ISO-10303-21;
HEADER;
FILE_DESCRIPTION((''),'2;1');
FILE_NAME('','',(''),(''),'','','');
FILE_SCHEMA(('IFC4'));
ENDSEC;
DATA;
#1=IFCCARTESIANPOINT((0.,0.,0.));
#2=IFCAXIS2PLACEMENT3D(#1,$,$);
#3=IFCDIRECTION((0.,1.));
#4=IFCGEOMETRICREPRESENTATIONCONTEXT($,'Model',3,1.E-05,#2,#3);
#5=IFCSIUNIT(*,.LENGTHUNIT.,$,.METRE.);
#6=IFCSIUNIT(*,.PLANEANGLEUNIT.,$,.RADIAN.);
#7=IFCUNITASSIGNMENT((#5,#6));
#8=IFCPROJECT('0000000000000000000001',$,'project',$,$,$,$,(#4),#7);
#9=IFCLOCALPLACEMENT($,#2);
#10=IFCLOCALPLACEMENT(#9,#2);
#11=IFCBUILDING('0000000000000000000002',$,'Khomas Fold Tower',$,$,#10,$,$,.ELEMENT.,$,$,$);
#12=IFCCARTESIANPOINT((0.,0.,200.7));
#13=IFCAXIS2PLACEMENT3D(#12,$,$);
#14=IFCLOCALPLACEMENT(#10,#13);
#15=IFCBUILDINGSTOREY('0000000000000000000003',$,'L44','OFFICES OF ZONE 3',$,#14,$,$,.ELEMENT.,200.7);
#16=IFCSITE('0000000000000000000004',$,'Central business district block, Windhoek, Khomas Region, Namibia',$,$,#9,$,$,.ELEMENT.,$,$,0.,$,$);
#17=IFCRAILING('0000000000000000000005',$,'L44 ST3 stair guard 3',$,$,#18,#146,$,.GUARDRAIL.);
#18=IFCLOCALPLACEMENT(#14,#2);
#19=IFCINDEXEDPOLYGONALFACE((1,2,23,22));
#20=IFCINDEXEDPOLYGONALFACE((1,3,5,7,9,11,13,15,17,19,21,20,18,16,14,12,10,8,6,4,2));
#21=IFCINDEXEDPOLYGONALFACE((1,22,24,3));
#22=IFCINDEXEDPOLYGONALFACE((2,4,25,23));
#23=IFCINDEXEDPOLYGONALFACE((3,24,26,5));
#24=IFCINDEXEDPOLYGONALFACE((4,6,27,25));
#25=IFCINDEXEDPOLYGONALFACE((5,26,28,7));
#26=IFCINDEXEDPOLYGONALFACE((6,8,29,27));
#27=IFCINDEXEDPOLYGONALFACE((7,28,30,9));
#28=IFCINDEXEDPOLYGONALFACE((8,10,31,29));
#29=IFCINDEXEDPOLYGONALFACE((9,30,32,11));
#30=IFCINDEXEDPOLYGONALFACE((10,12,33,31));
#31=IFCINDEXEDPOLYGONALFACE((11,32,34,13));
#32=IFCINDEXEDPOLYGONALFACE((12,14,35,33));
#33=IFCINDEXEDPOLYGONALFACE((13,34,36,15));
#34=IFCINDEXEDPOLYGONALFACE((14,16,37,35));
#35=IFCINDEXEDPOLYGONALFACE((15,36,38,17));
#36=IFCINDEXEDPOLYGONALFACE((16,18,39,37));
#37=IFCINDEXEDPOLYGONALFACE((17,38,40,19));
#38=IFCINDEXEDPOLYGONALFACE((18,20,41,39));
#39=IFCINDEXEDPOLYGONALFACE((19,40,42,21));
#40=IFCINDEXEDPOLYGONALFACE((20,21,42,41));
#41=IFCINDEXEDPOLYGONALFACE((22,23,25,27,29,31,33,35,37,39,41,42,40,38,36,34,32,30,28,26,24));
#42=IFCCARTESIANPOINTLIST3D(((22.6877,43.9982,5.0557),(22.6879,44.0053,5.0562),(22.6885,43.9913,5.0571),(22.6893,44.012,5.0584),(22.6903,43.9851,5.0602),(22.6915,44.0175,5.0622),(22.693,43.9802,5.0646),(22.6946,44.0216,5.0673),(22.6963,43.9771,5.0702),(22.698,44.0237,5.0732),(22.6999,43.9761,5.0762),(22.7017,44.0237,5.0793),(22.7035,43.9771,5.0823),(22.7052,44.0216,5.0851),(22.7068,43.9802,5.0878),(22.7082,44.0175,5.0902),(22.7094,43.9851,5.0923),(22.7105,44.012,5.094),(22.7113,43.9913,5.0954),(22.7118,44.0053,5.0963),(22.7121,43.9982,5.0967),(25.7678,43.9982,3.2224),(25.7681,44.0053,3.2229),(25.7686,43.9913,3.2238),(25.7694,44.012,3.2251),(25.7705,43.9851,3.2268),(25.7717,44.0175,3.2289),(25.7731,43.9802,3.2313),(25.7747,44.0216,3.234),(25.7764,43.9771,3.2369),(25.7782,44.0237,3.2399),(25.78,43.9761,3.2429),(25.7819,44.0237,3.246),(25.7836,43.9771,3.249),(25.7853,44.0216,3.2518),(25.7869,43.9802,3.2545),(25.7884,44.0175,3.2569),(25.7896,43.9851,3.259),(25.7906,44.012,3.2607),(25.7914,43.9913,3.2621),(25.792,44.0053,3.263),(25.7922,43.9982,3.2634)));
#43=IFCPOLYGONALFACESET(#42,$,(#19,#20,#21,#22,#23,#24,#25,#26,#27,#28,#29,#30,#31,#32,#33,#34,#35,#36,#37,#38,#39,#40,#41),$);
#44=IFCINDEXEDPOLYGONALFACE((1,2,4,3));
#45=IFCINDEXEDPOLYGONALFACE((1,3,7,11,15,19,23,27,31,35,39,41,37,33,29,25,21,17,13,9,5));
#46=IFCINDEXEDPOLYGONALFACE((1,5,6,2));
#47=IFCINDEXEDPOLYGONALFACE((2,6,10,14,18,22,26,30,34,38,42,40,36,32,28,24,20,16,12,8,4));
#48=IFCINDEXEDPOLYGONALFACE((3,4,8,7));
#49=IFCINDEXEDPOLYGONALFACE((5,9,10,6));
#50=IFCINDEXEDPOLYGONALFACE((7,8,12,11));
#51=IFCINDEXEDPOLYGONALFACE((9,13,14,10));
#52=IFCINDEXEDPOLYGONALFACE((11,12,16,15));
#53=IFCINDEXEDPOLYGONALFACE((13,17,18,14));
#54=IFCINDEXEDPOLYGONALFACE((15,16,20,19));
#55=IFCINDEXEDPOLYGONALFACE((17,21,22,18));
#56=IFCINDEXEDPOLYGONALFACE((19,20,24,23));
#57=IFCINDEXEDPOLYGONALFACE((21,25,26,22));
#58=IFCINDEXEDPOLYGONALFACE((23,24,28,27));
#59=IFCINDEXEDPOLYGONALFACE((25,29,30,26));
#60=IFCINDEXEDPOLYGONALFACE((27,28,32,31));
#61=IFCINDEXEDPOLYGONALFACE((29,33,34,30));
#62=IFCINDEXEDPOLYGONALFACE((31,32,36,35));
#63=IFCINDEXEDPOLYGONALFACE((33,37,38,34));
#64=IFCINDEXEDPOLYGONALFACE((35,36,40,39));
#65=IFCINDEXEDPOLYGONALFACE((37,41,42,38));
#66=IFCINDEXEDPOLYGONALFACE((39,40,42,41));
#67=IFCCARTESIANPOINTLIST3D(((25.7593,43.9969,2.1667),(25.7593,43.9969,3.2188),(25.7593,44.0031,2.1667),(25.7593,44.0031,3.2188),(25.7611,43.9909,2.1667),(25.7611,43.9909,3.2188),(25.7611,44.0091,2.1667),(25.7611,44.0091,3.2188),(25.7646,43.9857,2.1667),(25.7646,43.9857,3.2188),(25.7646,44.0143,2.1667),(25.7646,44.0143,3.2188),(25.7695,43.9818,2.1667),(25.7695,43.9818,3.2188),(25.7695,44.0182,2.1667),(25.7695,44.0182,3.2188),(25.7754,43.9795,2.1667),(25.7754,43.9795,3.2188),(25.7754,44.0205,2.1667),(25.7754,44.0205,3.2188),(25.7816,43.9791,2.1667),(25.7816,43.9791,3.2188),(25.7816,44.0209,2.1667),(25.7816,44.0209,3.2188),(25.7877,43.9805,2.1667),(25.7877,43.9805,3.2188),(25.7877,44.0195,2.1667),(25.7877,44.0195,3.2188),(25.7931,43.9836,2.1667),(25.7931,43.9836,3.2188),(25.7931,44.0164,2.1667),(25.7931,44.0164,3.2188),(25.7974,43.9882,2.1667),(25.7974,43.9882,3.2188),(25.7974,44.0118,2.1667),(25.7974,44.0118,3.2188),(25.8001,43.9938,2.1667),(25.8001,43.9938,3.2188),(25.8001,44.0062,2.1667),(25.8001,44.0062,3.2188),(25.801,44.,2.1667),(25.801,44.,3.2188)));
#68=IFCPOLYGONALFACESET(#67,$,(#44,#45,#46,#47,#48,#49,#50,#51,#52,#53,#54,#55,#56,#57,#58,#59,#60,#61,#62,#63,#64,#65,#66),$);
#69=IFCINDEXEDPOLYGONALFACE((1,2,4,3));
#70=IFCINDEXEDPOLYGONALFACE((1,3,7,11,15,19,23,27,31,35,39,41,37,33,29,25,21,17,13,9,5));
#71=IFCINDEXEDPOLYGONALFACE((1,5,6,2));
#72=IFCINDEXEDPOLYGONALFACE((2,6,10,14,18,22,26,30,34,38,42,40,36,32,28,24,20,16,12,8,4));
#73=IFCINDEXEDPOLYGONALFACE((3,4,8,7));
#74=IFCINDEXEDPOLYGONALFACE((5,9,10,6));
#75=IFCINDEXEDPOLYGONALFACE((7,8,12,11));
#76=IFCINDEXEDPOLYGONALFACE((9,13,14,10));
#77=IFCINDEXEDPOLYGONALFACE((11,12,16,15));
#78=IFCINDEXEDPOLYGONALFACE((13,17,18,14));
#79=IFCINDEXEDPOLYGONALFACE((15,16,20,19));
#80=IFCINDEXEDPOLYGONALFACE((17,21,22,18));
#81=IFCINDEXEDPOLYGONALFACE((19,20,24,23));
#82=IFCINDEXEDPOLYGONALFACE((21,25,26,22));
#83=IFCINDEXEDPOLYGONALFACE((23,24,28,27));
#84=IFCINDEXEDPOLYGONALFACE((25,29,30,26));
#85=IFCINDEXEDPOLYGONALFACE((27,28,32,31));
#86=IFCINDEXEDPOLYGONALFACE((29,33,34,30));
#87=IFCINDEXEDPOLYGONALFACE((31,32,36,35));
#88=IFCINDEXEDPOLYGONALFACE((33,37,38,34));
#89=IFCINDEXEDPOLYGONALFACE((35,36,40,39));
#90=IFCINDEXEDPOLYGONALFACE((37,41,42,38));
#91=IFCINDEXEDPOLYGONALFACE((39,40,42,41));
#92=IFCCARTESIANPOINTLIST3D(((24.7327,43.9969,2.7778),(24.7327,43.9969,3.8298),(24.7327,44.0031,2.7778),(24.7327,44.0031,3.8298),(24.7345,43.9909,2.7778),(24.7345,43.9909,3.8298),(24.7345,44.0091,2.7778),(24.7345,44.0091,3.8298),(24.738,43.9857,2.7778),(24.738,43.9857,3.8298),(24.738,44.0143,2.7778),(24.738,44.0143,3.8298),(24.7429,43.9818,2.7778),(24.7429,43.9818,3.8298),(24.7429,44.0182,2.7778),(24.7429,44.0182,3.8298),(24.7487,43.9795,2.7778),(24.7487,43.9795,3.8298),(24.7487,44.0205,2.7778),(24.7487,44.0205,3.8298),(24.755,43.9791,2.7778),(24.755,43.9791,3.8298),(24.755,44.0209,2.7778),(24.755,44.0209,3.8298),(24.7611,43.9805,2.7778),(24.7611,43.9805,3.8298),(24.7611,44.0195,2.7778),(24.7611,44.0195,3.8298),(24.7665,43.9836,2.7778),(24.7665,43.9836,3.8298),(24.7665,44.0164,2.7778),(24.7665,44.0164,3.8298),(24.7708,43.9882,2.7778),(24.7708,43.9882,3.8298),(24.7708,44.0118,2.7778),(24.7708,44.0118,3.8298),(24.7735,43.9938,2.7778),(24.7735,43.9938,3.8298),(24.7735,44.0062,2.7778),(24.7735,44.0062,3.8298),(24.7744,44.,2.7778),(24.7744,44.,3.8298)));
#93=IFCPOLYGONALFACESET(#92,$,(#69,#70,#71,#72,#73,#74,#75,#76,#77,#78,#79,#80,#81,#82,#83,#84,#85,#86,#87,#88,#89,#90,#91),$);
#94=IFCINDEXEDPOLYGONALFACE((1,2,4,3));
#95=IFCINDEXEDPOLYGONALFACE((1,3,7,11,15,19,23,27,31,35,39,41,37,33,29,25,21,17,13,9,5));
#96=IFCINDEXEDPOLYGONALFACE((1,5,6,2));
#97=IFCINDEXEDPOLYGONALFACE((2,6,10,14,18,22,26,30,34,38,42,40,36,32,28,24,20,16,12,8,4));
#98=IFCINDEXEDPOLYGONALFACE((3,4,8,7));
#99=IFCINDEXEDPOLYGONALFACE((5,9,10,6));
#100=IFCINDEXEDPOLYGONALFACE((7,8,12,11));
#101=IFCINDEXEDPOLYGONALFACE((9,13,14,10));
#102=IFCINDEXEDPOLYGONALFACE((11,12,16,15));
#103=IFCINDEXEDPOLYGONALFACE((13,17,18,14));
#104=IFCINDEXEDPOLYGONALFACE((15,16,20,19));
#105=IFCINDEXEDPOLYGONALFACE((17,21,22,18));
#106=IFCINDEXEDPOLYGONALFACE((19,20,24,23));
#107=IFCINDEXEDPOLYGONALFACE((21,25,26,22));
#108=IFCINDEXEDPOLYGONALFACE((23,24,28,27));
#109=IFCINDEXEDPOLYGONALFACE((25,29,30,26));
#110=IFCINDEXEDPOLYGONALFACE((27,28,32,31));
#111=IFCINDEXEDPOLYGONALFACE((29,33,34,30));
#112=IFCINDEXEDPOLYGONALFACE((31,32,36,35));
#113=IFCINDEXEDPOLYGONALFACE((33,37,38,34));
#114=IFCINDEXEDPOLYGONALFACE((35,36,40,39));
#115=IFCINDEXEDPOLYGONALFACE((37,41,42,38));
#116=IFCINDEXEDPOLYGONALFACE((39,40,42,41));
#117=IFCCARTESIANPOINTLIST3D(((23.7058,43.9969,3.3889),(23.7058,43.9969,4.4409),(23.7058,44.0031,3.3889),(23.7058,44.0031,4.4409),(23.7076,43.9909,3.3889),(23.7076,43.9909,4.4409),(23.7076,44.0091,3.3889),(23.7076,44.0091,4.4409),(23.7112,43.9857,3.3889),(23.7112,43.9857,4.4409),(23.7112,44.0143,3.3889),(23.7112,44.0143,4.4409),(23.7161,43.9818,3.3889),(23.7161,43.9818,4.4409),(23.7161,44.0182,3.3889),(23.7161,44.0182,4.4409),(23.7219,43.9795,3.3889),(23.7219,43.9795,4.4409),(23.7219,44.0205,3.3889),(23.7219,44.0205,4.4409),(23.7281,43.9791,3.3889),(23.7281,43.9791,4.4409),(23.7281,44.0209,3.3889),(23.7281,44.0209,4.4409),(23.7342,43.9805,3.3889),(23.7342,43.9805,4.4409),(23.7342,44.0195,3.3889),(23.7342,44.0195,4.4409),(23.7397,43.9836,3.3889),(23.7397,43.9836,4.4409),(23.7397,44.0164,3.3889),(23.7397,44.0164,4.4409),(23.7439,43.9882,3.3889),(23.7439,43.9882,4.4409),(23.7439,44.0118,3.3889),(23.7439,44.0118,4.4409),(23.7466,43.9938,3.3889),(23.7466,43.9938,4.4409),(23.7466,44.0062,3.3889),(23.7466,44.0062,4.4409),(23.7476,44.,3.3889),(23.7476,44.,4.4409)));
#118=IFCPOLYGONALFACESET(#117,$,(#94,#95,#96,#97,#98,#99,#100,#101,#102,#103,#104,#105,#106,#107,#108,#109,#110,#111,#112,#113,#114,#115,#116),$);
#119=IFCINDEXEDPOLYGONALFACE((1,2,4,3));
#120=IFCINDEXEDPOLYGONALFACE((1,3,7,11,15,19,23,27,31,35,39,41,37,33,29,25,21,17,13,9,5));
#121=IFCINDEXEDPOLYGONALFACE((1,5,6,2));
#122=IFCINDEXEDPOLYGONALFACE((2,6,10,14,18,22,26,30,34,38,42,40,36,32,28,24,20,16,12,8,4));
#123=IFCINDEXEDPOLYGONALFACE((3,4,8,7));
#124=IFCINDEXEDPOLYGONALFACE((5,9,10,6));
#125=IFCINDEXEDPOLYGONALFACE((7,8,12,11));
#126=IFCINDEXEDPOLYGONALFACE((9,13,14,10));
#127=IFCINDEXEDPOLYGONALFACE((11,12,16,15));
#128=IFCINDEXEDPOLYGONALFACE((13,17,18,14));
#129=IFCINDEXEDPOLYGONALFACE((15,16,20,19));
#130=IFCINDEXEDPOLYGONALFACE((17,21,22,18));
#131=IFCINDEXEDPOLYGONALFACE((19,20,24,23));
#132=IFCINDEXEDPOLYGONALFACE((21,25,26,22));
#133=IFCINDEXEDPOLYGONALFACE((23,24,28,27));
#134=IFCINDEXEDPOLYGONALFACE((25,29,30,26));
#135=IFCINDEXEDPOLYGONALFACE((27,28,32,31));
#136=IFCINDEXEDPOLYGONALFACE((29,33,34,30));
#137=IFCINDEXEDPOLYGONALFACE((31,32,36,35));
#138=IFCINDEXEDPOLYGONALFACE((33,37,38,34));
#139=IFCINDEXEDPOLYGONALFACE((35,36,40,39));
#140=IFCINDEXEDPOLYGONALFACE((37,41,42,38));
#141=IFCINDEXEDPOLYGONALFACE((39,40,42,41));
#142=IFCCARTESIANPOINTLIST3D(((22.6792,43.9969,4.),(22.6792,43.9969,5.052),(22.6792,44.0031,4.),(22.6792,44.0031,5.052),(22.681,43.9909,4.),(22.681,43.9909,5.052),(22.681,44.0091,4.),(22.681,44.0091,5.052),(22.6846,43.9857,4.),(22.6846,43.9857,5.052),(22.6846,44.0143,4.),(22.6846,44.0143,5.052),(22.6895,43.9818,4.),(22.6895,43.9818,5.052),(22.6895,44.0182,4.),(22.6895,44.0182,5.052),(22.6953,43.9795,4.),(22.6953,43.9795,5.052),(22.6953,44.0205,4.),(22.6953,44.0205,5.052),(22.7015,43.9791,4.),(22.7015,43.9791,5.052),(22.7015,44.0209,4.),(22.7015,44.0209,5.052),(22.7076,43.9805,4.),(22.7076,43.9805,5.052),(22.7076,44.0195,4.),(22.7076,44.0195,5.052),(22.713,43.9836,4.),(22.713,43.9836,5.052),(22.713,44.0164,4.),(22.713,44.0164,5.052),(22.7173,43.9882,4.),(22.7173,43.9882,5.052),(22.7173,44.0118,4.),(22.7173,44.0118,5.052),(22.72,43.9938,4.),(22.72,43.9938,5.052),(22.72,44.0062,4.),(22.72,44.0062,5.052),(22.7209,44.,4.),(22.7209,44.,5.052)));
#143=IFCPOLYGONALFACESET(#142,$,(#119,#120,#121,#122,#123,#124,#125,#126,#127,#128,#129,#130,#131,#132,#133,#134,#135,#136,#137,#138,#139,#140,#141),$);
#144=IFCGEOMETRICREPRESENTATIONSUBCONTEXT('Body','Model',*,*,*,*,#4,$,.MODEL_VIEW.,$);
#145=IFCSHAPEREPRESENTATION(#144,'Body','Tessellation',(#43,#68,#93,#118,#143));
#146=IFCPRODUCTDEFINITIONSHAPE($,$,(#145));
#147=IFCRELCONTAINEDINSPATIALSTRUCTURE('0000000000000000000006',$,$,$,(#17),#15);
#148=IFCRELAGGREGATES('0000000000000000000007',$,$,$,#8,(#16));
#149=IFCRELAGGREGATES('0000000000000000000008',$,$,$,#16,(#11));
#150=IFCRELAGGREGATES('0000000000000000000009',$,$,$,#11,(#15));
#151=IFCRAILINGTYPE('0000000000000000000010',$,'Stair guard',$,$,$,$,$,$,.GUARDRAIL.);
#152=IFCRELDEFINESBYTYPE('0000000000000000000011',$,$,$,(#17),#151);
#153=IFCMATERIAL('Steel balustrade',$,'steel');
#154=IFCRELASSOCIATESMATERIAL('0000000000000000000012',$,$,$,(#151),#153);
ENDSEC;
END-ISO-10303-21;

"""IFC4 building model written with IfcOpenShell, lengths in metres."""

from ifc_helpers import new_model, si_unit, direction, frame, origin, origin_2d, place, context, subcontext, project, spatial, circle, extrude, source, transform, mapped, material, type_object, element, save


model = new_model("IFC4")

# Units and contexts
model_context = context("Model", 3, precision=1e-05, world=origin(), true_north=direction((0.0, 1.0)))
body_context = subcontext(model_context, "Body", "Model", "MODEL_VIEW")
ifc_project = project(units=[si_unit("LENGTHUNIT", "METRE"), si_unit("PLANEANGLEUNIT", "RADIAN")], contexts=[model_context])

# Site, building, storey
site_placement = place(None, origin())
site = spatial("IfcSite", under=ifc_project, at=site_placement, Name="Central business district block, Windhoek, Khomas Region, Namibia", CompositionType="ELEMENT", RefElevation=0.0)
building_placement = place(site_placement, origin())
building = spatial("IfcBuilding", under=site, at=building_placement, Name="Khomas Fold Tower", CompositionType="ELEMENT")
storey_placement = place(building_placement, frame((0.0, 0.0, 200.7)))
storey = spatial("IfcBuildingStorey", under=building, at=storey_placement, Name="L44", Description="OFFICES OF ZONE 3", CompositionType="ELEMENT", Elevation=200.7)

# Railing
ifc_material_1 = material(Name="Steel balustrade", Category="steel")
railing_type_1 = type_object("IfcRailingType", Name="Stair guard", PredefinedType="GUARDRAIL", material=ifc_material_1)
shared_shape_1 = source(origin(), body_context, "Body", "SweptSolid", [
    extrude(circle(Radius=0.0239, at=origin_2d()), frame((0.0, 0.0, 1.0762), z_axis=(-0.859309, 0.0, 0.511458), x_axis=(0.0, -1.0, 0.0)), (0.0, 0.0, 1.0), 3.5845),
    extrude(circle(Radius=0.021, at=origin_2d()), origin(), (0.0, 0.0, 1.0), 1.052),
    extrude(circle(Radius=0.021, at=origin_2d()), frame((-1.0266, 0.0, 0.6111)), (0.0, 0.0, 1.0), 1.052),
    extrude(circle(Radius=0.021, at=origin_2d()), frame((-2.0535, 0.0, 1.2222)), (0.0, 0.0, 1.0), 1.052),
    extrude(circle(Radius=0.021, at=origin_2d()), frame((-3.0801, 0.0, 1.8333)), (0.0, 0.0, 1.0), 1.052),
])
railing_1_placement = place(storey_placement, frame((25.78, 44.0, 2.1667)))
element("IfcRailing", 1, at=railing_1_placement, inside=storey, type_object=railing_type_1, Name="L44 ST3 stair guard 3", PredefinedType="GUARDRAIL", context=body_context, shape_type="MappedRepresentation", body=[
    mapped(shared_shape_1, transform((0.0, 0.0, 0.0))),
])

save(model, "model.ifc")
